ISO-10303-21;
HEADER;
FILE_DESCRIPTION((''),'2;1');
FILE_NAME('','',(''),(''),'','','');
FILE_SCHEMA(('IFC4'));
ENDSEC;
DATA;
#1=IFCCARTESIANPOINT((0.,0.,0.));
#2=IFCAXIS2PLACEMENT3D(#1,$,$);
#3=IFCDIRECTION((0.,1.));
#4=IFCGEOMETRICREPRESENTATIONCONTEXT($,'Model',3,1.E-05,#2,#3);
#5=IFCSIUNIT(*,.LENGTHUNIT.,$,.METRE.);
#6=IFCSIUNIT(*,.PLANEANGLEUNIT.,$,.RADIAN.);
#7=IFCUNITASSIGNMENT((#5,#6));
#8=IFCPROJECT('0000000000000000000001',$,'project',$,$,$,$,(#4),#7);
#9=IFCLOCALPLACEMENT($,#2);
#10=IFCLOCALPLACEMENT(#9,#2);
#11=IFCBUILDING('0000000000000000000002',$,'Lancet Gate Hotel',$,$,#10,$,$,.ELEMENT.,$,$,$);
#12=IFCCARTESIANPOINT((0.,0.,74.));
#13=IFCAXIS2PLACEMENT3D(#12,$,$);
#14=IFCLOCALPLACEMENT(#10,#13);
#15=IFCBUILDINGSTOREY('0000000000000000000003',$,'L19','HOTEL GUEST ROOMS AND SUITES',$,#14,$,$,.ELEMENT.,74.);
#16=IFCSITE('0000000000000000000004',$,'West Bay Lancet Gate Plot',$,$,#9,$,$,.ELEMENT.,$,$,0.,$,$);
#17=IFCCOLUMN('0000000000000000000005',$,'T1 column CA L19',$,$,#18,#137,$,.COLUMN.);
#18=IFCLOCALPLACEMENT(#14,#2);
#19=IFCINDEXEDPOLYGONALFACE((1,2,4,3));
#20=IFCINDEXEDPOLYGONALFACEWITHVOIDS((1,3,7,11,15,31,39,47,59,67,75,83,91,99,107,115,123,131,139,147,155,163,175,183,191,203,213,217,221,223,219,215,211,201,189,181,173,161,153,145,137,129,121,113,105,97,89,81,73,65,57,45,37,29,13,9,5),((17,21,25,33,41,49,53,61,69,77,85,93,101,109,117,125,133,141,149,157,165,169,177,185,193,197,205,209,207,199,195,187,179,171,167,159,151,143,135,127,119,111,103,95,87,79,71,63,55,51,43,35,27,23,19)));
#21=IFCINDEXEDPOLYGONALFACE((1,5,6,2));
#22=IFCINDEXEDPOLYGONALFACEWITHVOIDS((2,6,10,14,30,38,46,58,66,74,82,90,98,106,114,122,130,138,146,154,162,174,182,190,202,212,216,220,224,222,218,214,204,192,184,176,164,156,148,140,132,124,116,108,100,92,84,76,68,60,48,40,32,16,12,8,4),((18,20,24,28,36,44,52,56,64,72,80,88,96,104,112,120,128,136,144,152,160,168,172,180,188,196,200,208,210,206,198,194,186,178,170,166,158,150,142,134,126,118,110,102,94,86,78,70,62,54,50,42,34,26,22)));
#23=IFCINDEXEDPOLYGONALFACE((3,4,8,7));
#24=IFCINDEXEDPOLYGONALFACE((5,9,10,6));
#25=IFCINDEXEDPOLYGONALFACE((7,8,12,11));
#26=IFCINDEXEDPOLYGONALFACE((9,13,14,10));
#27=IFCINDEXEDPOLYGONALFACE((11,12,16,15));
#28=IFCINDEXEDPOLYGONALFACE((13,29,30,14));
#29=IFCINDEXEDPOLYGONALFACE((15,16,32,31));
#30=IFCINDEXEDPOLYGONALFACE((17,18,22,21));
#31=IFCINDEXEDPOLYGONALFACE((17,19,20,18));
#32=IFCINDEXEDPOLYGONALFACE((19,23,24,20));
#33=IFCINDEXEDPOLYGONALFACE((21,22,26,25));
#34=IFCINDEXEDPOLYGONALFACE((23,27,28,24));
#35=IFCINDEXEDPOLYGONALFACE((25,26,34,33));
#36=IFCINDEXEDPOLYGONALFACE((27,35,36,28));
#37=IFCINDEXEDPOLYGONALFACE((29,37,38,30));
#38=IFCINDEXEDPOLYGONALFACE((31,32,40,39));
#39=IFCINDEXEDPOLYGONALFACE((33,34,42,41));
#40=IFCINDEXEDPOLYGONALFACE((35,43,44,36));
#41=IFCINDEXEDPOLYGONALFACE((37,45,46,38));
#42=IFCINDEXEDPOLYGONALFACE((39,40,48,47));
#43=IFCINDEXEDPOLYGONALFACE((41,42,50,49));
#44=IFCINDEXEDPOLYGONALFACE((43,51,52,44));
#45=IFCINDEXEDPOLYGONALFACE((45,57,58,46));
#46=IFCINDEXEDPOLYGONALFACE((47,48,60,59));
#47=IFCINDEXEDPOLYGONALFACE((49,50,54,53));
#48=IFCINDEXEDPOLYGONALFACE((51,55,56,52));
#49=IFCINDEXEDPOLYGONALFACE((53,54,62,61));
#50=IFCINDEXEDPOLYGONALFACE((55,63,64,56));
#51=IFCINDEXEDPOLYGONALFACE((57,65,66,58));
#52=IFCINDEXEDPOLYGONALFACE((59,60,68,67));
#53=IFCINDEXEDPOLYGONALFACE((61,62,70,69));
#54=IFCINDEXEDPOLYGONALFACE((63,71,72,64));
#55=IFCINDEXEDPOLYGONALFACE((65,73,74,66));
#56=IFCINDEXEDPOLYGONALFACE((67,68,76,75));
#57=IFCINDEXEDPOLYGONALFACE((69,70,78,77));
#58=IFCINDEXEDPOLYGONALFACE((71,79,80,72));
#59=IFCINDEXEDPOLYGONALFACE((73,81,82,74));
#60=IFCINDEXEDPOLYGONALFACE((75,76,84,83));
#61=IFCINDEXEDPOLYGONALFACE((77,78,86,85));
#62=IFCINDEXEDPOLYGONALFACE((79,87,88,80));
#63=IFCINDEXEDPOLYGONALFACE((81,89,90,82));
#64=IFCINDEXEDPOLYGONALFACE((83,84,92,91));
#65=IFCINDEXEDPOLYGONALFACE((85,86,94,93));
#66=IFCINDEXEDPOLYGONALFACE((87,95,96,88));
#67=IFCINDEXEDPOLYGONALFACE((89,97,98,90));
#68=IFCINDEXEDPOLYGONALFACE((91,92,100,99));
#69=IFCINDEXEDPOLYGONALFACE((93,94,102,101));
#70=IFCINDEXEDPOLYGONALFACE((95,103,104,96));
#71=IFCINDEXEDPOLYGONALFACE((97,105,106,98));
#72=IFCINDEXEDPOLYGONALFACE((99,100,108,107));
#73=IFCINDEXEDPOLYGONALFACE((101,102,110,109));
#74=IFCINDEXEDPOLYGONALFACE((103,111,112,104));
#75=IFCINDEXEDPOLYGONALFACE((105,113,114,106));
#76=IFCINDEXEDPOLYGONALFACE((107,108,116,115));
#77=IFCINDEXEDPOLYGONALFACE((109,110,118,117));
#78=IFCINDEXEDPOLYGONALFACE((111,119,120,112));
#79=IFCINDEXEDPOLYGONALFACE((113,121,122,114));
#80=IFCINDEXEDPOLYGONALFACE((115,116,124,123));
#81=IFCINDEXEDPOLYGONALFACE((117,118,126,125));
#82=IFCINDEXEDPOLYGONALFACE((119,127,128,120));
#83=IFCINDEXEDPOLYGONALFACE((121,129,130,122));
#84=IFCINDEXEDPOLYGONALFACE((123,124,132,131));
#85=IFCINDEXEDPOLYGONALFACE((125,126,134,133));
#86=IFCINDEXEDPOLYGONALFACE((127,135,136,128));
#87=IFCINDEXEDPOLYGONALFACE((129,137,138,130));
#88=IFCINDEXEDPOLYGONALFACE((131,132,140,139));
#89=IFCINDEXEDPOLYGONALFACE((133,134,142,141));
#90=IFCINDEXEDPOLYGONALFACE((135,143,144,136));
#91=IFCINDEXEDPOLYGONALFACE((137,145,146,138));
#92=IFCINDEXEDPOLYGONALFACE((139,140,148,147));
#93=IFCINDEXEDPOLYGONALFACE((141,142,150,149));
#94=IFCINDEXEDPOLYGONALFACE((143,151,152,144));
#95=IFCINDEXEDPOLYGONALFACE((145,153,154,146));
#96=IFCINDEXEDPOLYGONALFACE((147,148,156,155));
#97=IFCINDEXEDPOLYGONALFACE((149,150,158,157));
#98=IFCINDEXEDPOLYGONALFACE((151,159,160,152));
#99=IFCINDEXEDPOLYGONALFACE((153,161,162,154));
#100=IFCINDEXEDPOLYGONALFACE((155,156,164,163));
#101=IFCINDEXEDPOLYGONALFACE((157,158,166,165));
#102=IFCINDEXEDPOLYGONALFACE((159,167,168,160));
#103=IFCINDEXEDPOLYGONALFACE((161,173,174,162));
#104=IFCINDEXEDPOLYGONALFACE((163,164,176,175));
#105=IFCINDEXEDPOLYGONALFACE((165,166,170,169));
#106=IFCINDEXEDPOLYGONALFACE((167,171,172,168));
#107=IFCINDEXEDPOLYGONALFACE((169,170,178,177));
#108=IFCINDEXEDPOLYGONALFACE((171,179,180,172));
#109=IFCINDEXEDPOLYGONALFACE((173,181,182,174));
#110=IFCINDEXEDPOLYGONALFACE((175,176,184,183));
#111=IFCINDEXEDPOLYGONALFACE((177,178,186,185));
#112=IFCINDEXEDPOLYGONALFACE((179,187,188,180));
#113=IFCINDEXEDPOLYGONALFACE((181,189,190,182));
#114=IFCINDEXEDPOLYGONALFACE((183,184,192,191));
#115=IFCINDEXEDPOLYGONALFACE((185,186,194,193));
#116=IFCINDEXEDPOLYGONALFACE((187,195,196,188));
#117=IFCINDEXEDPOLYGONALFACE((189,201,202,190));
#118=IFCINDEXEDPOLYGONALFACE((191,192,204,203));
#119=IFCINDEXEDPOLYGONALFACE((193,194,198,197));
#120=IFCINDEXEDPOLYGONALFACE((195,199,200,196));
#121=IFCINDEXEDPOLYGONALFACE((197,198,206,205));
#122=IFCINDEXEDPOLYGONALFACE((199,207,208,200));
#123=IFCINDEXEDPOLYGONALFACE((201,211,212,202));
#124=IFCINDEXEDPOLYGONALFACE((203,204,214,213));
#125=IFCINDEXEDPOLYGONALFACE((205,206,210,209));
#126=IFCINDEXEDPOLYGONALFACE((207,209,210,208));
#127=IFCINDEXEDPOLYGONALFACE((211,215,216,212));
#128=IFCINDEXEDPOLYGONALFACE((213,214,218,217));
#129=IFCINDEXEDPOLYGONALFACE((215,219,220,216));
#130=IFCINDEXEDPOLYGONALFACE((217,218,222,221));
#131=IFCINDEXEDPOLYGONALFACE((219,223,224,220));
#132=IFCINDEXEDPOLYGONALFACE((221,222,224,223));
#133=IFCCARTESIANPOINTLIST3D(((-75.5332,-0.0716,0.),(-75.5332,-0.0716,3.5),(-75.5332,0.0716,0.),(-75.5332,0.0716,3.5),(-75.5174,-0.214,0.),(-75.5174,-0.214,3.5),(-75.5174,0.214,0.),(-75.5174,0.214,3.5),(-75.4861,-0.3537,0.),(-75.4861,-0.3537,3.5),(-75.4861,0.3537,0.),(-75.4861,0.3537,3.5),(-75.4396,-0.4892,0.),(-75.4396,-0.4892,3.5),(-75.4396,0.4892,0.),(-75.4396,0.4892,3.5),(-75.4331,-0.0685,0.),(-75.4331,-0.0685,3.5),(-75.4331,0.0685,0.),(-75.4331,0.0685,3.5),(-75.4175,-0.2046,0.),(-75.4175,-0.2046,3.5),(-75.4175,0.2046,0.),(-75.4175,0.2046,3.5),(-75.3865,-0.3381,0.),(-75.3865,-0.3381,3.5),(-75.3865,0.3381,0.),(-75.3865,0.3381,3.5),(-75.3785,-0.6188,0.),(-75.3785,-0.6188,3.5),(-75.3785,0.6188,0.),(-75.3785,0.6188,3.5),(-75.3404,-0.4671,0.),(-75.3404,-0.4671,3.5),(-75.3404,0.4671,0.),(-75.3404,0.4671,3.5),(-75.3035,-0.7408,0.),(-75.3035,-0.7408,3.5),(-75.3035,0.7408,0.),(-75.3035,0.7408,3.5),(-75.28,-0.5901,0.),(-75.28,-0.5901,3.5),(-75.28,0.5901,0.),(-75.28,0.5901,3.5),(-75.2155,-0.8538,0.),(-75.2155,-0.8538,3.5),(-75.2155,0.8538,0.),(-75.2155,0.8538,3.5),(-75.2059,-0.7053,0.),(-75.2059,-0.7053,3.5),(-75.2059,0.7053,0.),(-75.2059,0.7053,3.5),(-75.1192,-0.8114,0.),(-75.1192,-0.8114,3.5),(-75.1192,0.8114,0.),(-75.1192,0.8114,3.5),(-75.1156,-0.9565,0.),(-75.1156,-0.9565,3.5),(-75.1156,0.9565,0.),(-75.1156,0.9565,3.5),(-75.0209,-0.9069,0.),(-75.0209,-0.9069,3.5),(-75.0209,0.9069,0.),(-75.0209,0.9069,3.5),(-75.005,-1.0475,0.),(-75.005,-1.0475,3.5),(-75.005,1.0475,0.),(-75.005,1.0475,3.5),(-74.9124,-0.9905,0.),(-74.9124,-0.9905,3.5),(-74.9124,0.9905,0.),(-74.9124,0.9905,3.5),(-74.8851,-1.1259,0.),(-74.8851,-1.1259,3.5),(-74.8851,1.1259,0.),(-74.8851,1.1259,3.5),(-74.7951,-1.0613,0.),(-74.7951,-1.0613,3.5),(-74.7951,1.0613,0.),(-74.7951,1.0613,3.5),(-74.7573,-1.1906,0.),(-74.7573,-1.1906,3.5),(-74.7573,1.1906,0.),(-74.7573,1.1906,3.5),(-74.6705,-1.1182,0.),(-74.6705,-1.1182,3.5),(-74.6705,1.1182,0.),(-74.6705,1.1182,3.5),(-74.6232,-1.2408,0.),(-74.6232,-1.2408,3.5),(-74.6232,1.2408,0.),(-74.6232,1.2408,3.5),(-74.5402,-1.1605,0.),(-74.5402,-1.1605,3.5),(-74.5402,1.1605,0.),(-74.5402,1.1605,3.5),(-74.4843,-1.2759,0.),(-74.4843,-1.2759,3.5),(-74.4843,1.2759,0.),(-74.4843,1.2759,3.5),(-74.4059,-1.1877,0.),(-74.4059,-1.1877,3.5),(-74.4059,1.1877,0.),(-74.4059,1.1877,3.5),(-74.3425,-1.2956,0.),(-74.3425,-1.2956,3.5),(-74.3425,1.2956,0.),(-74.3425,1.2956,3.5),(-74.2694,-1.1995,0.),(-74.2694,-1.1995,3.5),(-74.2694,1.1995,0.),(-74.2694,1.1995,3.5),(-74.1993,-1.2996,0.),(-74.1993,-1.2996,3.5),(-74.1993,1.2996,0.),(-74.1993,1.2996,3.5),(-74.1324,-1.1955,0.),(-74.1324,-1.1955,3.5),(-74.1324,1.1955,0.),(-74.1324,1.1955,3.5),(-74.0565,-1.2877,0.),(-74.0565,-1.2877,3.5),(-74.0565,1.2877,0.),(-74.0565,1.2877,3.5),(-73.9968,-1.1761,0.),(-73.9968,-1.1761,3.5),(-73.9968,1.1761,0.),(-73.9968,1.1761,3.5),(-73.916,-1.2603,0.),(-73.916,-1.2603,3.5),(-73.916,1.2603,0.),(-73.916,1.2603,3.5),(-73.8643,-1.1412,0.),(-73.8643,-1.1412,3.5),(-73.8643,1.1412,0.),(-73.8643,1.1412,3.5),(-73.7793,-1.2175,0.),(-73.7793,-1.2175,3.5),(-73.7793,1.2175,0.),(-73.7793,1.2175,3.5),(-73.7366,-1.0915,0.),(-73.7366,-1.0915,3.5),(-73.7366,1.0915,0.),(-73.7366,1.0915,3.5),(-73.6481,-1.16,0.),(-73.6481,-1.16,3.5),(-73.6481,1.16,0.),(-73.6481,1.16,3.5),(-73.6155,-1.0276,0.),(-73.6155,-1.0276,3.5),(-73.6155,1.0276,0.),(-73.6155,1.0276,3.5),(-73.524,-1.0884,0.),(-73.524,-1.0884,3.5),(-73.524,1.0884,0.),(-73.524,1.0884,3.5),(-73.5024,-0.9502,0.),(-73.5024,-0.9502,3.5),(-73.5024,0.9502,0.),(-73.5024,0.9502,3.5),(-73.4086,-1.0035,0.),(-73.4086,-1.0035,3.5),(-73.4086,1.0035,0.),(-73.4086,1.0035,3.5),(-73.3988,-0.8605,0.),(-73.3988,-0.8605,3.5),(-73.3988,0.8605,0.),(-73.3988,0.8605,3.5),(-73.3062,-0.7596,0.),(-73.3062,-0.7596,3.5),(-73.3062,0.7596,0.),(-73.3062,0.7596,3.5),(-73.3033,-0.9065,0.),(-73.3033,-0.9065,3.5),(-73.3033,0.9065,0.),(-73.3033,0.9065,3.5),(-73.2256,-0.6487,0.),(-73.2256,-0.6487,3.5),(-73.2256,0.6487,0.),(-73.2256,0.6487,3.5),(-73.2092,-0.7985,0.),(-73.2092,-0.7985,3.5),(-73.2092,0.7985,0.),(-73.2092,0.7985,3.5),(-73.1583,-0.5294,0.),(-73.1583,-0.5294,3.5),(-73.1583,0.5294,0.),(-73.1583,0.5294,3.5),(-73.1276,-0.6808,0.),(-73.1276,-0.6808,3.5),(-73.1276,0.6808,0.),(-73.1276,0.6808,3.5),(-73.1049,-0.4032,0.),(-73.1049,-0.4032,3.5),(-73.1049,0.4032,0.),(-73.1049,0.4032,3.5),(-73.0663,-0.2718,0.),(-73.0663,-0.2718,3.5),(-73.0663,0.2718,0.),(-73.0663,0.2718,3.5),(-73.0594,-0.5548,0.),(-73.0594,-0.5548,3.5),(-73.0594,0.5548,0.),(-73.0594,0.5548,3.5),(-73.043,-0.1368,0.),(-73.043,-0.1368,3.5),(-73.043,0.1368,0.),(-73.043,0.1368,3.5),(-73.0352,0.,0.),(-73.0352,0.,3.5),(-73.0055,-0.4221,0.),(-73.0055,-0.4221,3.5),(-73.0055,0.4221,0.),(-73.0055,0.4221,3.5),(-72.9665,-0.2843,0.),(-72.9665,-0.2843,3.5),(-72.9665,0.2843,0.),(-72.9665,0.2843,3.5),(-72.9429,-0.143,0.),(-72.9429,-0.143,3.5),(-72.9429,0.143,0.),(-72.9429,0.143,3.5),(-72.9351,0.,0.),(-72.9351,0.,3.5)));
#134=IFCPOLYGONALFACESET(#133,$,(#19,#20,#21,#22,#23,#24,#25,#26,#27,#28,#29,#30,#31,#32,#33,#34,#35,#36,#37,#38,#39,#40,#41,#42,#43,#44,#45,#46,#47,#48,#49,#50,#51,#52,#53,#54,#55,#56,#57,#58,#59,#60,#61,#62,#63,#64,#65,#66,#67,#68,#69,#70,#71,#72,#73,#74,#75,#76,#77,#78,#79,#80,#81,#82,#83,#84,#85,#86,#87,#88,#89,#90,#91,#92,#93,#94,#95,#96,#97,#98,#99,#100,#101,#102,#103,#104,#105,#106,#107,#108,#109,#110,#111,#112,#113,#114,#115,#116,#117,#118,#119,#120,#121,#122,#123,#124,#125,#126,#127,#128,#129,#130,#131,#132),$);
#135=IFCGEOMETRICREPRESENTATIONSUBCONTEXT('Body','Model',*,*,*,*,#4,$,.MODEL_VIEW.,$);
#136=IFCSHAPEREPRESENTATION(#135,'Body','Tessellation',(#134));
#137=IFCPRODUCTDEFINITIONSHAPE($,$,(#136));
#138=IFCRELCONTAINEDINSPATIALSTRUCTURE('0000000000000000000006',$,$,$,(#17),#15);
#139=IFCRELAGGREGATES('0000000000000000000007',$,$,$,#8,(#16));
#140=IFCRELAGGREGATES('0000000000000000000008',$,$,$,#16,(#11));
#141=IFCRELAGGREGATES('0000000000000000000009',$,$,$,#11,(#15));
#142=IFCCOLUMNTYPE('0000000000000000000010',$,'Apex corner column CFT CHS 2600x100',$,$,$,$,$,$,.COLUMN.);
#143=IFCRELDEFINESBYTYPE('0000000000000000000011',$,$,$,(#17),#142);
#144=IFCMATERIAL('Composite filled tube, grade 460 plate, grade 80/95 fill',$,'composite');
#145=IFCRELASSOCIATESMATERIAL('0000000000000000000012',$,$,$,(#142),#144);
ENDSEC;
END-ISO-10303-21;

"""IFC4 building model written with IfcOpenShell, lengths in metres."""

from ifc_helpers import new_model, si_unit, direction, frame, origin, origin_2d, place, context, subcontext, project, spatial, hollow_circle, extrude, material, material_profile, profile_set, type_object, element, save


model = new_model("IFC4")

# Units and contexts
model_context = context("Model", 3, precision=1e-05, world=origin(), true_north=direction((0.0, 1.0)))
body_context = subcontext(model_context, "Body", "Model", "MODEL_VIEW")
ifc_project = project(units=[si_unit("LENGTHUNIT", "METRE"), si_unit("PLANEANGLEUNIT", "RADIAN")], contexts=[model_context])

# Site, building, storey
site_placement = place(None, origin())
site = spatial("IfcSite", under=ifc_project, at=site_placement, Name="West Bay Lancet Gate Plot", CompositionType="ELEMENT", RefElevation=0.0)
building_placement = place(site_placement, origin())
building = spatial("IfcBuilding", under=site, at=building_placement, Name="Lancet Gate Hotel", CompositionType="ELEMENT")
storey_placement = place(building_placement, frame((0.0, 0.0, 74.0)))
storey = spatial("IfcBuildingStorey", under=building, at=storey_placement, Name="L19", Description="HOTEL GUEST ROOMS AND SUITES", CompositionType="ELEMENT", Elevation=74.0)

# Column
ifc_material_1 = material(Name="Composite filled tube, grade 460 plate, grade 80/95 fill", Category="composite")
ifc_material_profile_1 = material_profile(ifc_material_1, hollow_circle(Radius=1.3, WallThickness=0.1001, at=origin_2d()), Name="CHS 2600x100")
ifc_profile_set_1 = profile_set([ifc_material_profile_1], Name="Composite filled tube, grade 460 plate, grade 80/95 fill")
column_type_1 = type_object("IfcColumnType", Name="Apex corner column CFT CHS 2600x100", PredefinedType="COLUMN", material=ifc_profile_set_1)
column_1_placement = place(storey_placement, frame((-74.2351, 0.0, 0.0), z_axis=(0.0, 0.0, 1.0), x_axis=(1.0, 0.0, 0.0)))
element("IfcColumn", 1, at=column_1_placement, inside=storey, type_object=column_type_1, Name="T1 column CA L19", PredefinedType="COLUMN", context=body_context, shape_type="SweptSolid", body=[
    extrude(hollow_circle(Radius=1.3, WallThickness=0.1001, at=origin_2d()), origin(), (0.0, 0.0, 1.0), 3.5),
])

save(model, "model.ifc")
